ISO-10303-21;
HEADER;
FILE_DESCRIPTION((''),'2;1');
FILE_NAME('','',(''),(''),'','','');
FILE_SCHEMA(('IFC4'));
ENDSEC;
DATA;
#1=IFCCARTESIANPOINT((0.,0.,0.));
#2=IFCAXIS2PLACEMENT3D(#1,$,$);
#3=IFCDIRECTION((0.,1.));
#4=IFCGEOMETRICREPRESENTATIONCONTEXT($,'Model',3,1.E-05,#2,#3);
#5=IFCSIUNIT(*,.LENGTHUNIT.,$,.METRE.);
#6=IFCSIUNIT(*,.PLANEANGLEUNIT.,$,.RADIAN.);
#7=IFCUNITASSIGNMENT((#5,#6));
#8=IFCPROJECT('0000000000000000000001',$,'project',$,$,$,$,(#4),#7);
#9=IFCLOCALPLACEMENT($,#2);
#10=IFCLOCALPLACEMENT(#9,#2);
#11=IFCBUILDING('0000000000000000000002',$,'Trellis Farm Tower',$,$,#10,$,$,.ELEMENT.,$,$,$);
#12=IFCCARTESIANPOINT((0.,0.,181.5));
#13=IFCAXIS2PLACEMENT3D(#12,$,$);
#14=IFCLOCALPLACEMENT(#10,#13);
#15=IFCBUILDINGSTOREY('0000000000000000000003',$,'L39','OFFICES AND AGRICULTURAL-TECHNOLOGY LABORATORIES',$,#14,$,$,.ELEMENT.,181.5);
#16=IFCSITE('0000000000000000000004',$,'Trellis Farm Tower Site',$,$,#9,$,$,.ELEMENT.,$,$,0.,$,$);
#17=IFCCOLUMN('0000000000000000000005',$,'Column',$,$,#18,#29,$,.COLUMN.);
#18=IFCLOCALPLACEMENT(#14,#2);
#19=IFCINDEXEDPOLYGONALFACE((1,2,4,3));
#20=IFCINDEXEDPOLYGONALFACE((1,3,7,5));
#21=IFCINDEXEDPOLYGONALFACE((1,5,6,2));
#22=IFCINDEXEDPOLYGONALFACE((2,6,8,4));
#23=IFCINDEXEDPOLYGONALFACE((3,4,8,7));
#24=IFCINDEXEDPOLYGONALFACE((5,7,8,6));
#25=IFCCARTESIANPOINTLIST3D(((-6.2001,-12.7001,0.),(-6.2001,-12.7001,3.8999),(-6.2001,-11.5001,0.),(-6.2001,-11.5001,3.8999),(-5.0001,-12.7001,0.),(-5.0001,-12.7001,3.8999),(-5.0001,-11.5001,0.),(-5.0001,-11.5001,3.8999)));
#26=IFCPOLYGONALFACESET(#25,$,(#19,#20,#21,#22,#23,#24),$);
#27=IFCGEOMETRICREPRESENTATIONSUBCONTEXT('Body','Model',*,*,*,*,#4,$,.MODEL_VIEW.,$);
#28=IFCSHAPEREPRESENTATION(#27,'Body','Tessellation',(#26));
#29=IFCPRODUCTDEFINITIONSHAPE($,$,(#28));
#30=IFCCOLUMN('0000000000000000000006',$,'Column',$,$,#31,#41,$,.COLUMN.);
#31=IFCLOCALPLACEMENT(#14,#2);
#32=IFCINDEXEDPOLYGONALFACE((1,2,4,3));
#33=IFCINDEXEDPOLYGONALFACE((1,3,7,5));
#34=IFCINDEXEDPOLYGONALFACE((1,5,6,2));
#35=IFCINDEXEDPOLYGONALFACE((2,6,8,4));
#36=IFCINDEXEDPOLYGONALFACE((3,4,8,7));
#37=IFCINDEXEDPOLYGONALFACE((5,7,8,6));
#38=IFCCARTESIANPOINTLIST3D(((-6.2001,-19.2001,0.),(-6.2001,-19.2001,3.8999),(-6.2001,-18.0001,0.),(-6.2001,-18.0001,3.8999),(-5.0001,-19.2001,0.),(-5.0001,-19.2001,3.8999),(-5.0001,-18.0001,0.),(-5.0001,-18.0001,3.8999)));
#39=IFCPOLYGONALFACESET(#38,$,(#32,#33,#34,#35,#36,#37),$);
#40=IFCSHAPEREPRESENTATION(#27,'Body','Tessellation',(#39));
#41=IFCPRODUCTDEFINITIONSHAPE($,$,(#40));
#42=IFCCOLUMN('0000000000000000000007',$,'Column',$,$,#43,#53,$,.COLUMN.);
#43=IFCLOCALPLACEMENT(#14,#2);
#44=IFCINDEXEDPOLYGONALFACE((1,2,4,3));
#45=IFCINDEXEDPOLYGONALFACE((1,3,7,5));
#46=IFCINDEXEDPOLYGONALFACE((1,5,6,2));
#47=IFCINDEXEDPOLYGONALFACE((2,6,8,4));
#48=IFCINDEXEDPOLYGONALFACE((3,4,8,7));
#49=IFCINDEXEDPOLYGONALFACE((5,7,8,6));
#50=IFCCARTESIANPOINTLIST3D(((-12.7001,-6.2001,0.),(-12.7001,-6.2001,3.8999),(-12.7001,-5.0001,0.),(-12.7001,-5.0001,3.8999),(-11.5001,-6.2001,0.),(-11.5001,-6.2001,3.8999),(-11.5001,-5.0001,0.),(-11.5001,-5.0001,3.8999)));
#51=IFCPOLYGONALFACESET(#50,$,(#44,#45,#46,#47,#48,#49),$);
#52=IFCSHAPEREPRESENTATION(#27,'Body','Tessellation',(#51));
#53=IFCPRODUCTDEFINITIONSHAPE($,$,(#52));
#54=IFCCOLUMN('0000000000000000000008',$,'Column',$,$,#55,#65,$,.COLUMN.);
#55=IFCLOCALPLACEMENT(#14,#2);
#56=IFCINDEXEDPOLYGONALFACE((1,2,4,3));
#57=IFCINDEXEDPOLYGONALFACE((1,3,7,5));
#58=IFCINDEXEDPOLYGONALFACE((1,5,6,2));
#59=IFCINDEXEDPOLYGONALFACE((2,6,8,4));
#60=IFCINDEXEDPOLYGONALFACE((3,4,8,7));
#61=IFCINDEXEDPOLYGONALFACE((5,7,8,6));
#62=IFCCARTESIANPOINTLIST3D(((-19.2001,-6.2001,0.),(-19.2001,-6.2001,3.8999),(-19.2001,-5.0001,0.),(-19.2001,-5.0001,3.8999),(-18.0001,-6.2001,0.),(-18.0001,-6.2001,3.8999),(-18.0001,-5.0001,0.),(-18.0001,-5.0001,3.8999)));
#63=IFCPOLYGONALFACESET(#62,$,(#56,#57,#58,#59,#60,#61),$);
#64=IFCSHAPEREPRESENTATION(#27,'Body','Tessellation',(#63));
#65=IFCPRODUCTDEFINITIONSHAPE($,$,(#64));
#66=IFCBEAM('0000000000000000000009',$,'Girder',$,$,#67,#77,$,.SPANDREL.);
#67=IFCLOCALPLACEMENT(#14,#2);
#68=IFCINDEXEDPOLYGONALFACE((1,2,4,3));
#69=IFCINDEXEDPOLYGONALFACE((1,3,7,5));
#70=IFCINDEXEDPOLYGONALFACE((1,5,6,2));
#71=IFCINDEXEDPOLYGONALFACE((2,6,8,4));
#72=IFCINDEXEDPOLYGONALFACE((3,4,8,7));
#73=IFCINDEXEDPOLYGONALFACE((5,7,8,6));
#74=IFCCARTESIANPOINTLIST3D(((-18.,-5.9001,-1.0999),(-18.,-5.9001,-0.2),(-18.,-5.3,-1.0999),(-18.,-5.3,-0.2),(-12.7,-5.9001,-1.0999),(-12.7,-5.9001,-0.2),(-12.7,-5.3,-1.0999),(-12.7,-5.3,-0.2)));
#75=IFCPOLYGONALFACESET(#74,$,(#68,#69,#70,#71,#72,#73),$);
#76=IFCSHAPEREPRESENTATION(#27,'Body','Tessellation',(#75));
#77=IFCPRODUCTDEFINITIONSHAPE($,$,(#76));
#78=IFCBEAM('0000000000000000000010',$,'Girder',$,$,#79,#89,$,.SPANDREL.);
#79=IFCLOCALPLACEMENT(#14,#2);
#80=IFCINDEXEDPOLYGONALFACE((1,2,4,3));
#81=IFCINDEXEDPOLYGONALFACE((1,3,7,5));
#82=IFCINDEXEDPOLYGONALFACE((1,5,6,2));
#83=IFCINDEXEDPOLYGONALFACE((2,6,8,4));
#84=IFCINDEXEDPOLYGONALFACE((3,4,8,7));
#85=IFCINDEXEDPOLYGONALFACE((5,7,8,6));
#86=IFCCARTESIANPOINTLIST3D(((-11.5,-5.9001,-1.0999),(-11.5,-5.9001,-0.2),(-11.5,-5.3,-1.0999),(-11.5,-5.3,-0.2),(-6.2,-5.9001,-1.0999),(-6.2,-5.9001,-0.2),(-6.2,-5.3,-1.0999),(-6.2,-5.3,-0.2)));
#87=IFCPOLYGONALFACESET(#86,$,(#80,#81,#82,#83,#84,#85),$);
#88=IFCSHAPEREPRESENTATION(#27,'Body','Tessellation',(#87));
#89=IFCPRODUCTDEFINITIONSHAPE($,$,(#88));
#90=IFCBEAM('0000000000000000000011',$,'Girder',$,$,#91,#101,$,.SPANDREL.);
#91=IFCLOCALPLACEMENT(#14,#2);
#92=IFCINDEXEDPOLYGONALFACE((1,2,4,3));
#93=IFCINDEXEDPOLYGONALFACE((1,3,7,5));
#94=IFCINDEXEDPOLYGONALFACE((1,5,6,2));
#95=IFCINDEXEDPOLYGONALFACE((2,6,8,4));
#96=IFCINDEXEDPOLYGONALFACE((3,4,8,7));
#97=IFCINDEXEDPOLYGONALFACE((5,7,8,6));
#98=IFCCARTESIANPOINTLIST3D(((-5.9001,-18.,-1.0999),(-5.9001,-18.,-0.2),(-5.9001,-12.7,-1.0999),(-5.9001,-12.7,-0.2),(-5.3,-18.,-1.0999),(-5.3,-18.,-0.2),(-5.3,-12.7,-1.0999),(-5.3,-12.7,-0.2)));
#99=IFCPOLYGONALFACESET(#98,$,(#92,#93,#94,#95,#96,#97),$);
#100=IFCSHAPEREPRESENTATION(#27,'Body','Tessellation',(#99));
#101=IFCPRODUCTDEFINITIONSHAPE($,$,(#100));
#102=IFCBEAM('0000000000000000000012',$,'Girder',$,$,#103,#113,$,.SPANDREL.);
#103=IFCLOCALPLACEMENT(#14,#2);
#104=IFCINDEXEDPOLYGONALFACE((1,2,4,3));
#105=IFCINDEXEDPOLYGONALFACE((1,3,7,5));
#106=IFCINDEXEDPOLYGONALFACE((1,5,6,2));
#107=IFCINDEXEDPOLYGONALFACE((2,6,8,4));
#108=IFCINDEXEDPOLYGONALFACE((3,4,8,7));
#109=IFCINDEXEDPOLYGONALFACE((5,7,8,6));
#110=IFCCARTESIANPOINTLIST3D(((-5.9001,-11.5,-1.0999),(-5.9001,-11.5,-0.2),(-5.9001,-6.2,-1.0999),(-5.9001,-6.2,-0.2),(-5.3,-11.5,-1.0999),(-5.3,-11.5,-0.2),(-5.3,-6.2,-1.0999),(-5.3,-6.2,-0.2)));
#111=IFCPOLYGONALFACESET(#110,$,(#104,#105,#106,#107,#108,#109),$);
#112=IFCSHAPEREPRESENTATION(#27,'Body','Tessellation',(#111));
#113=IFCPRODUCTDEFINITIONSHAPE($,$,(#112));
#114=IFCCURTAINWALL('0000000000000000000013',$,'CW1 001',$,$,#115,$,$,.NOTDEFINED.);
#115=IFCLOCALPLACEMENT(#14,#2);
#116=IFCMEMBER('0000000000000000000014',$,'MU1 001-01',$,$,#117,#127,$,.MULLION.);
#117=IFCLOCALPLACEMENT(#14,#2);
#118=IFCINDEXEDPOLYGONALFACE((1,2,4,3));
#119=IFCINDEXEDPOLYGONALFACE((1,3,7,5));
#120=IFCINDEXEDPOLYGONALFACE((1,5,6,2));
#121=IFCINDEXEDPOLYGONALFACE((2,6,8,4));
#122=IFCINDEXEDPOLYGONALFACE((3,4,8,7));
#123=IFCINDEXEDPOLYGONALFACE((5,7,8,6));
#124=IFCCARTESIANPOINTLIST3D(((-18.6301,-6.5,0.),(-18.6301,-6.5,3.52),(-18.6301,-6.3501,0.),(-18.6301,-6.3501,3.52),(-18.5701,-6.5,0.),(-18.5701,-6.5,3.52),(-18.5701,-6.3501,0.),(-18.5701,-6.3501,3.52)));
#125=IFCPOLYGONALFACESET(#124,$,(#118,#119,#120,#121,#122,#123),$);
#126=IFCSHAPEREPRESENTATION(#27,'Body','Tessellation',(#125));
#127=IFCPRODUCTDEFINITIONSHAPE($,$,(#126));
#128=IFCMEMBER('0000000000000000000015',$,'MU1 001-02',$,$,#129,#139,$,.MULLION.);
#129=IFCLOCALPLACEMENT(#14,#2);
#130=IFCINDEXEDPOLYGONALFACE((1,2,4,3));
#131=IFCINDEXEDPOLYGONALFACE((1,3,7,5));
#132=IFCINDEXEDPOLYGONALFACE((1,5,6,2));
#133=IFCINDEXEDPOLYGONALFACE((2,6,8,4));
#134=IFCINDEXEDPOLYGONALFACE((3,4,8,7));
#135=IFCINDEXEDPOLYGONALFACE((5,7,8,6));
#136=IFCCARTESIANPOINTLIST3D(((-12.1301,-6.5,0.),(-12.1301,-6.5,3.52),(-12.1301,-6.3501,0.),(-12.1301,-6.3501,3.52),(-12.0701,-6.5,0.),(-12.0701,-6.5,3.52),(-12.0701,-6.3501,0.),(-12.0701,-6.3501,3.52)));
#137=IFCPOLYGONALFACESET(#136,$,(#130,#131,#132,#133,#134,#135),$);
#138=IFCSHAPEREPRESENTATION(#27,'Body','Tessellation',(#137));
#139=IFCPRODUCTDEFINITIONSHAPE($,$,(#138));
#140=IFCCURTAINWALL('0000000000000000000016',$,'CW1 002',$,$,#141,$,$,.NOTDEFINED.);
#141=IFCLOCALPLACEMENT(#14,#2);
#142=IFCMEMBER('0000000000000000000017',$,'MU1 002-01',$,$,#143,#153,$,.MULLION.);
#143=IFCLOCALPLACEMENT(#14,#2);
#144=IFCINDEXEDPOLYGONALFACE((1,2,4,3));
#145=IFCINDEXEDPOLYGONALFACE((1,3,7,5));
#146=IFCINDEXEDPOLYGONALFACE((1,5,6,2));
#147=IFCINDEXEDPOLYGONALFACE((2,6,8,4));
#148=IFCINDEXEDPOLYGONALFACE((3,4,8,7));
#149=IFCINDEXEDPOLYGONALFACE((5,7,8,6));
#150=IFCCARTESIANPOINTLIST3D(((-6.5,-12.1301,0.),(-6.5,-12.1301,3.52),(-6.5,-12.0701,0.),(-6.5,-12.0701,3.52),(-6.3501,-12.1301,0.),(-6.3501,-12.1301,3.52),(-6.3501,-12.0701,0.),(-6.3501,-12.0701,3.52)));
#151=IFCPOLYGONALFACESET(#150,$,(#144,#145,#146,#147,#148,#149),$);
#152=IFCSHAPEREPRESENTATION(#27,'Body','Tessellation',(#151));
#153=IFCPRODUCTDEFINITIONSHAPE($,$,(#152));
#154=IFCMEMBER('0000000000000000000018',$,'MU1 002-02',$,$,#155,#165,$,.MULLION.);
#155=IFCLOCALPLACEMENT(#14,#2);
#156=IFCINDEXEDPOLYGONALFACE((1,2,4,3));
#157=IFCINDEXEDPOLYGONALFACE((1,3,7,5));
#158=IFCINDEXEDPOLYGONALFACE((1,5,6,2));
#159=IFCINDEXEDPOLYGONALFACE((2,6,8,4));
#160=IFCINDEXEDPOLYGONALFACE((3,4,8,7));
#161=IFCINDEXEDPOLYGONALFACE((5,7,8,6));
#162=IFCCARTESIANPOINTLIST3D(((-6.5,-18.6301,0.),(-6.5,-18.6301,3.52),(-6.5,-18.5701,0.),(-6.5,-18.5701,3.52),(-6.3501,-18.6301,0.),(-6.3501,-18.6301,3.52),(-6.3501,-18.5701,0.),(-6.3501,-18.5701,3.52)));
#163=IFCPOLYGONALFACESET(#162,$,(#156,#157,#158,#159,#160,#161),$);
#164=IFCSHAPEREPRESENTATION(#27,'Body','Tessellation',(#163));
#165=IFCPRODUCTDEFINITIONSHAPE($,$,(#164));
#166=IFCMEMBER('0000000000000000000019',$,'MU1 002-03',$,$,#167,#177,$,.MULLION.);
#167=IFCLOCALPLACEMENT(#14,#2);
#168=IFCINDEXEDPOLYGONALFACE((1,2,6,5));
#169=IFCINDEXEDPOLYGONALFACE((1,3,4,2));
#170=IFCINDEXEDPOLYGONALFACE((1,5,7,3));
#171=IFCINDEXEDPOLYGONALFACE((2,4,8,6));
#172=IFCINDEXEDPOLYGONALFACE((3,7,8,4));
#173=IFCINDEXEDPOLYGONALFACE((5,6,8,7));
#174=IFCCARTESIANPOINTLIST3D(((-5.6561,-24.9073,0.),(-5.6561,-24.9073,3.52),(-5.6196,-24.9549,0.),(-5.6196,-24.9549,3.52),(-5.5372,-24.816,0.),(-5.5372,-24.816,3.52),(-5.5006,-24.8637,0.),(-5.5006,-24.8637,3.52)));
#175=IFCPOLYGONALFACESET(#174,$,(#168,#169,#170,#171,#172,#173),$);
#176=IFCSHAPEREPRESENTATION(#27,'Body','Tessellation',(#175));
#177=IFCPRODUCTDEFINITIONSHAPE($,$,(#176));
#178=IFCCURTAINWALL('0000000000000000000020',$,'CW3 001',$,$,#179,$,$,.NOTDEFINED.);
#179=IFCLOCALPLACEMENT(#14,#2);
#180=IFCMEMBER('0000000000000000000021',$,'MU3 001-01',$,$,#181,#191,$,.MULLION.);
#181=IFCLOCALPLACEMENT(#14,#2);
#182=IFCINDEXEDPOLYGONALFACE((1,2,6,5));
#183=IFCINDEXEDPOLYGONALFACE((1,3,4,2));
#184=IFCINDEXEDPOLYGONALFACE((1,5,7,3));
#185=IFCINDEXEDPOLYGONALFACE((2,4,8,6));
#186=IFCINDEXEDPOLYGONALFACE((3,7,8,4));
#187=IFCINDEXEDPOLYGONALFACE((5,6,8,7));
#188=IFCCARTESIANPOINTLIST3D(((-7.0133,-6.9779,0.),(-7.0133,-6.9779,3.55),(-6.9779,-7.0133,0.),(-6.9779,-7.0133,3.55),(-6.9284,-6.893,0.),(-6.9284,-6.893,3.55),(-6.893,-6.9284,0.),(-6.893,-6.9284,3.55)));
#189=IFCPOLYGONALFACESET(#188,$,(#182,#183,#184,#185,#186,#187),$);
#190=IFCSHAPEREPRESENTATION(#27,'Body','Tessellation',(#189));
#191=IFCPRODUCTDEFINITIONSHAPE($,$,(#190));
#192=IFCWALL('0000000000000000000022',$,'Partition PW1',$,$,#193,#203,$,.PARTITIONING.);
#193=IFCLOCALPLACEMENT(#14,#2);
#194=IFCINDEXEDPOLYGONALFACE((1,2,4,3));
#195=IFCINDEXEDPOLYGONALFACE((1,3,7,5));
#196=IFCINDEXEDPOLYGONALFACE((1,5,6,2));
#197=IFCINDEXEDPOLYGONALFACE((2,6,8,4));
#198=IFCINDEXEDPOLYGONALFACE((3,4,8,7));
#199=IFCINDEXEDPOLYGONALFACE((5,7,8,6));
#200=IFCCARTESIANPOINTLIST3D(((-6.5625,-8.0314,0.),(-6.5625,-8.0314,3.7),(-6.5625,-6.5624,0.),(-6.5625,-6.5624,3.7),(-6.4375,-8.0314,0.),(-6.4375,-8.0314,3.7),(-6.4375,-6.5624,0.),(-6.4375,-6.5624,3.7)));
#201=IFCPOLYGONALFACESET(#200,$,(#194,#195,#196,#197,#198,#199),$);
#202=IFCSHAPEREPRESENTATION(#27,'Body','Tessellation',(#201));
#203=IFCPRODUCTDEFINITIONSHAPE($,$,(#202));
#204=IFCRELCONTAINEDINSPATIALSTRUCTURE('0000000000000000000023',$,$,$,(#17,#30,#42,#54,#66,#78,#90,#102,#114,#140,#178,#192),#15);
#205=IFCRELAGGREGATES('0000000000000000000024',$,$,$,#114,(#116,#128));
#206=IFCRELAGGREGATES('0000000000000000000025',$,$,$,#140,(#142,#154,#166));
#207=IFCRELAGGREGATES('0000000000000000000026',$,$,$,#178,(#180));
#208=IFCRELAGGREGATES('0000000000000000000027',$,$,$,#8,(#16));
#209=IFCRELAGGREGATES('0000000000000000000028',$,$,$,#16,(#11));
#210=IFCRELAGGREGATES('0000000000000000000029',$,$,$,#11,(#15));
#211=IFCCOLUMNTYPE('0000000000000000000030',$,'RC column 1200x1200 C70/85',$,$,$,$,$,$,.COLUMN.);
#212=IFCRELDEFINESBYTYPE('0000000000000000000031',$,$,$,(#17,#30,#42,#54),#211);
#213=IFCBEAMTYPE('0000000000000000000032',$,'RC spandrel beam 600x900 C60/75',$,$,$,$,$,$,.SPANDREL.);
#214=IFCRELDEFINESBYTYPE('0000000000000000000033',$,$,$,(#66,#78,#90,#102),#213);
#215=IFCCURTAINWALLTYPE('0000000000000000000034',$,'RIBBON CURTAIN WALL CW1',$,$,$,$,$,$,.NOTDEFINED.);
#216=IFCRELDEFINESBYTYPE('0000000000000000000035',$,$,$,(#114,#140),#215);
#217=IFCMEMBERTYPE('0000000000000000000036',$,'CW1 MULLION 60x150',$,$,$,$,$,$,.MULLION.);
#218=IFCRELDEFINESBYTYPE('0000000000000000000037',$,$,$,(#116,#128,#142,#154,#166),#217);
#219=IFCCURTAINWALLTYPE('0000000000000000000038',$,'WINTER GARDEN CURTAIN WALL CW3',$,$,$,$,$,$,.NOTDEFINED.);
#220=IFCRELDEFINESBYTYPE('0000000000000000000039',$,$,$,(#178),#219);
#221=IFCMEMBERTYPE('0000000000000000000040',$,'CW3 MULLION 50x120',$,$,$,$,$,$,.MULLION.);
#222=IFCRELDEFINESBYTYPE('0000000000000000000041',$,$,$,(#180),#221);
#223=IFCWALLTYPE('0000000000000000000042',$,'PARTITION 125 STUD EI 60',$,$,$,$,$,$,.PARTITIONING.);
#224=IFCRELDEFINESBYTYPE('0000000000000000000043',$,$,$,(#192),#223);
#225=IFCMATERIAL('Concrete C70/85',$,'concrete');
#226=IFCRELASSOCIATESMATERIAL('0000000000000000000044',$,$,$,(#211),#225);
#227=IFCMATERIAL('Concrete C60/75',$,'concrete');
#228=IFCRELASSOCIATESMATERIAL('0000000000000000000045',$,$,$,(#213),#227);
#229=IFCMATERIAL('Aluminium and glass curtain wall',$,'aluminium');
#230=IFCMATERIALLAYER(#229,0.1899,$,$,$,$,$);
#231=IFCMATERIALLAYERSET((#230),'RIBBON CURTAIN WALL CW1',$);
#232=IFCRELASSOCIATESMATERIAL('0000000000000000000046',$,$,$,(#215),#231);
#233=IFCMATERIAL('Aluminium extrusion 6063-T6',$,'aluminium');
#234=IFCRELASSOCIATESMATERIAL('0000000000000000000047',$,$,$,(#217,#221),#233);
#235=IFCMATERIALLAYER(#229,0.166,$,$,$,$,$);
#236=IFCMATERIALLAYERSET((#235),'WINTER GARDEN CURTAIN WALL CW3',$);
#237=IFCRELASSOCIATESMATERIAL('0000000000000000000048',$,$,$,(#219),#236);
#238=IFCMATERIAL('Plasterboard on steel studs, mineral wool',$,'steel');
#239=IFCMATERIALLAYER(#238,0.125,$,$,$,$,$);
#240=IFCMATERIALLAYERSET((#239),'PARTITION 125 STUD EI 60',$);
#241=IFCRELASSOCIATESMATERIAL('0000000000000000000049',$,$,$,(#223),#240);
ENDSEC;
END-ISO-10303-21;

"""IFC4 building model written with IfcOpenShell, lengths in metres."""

from ifc_helpers import new_model, si_unit, direction, frame, frame_2d, origin, origin_2d, place, context, subcontext, project, spatial, rectangle, extrude, source, transform, mapped, material, layer, layer_set, material_profile, profile_set, type_object, element, aggregate, save


model = new_model("IFC4")

# Units and contexts
model_context = context("Model", 3, precision=1e-05, world=origin(), true_north=direction((0.0, 1.0)))
body_context = subcontext(model_context, "Body", "Model", "MODEL_VIEW")
ifc_project = project(units=[si_unit("LENGTHUNIT", "METRE"), si_unit("PLANEANGLEUNIT", "RADIAN")], contexts=[model_context])

# Site, building, storey
site_placement = place(None, origin())
site = spatial("IfcSite", under=ifc_project, at=site_placement, Name="Trellis Farm Tower Site", CompositionType="ELEMENT", RefElevation=0.0)
building_placement = place(site_placement, origin())
building = spatial("IfcBuilding", under=site, at=building_placement, Name="Trellis Farm Tower", CompositionType="ELEMENT")
storey_placement = place(building_placement, frame((0.0, 0.0, 181.5)))
storey = spatial("IfcBuildingStorey", under=building, at=storey_placement, Name="L39", Description="OFFICES AND AGRICULTURAL-TECHNOLOGY LABORATORIES", CompositionType="ELEMENT", Elevation=181.5)

# Columns
ifc_material_1 = material(Name="Concrete C70/85", Category="concrete")
ifc_material_profile_1 = material_profile(ifc_material_1, rectangle(XDim=1.2, YDim=1.2, at=origin_2d()), Name="RC column 1200x1200 C70/85")
ifc_profile_set_1 = profile_set([ifc_material_profile_1], Name="Concrete C70/85")
column_type = type_object("IfcColumnType", Name="RC column 1200x1200 C70/85", PredefinedType="COLUMN", material=ifc_profile_set_1)
shared_shape_1 = source(origin(), body_context, "Body", "SweptSolid", [
    extrude(rectangle(XDim=1.2, YDim=1.2, at=origin_2d()), origin(), (0.0, 0.0, 1.0), 3.8999),
])
for number, where, z_axis, x_axis, name in (
    (1, (-5.6001, -12.1001, 0.0), (0.0, 0.0, 1.0), (1.0, 0.0, 0.0), "Column"),
    (2, (-5.6001, -18.6001, 0.0), (0.0, 0.0, 1.0), (1.0, 0.0, 0.0), "Column"),
    (3, (-12.1001, -5.6001, 0.0), (0.0, 0.0, 1.0), (1.0, 0.0, 0.0), "Column"),
    (4, (-18.6001, -5.6001, 0.0), (0.0, 0.0, 1.0), (1.0, 0.0, 0.0), "Column"),
):
    element("IfcColumn", number, at=place(storey_placement, frame(where, z_axis=z_axis, x_axis=x_axis)), inside=storey, type_object=column_type, Name=name, PredefinedType="COLUMN", context=body_context, shape_type="MappedRepresentation", body=[
        mapped(shared_shape_1, transform((0.0, 0.0, 0.0))),
    ])

# Beams
ifc_material_2 = material(Name="Concrete C60/75", Category="concrete")
ifc_material_profile_2 = material_profile(ifc_material_2, rectangle(XDim=0.6001, YDim=0.8999, at=origin_2d()), Name="RC spandrel beam 600x900 C60/75")
ifc_profile_set_2 = profile_set([ifc_material_profile_2], Name="Concrete C60/75")
beam_type = type_object("IfcBeamType", Name="RC spandrel beam 600x900 C60/75", PredefinedType="SPANDREL", material=ifc_profile_set_2)
shared_shape_2 = source(origin(), body_context, "Body", "SweptSolid", [
    extrude(rectangle(XDim=0.6001, YDim=0.8999, at=origin_2d()), origin(), (0.0, 0.0, 1.0), 5.3),
])
for number, where, z_axis, x_axis, name in (
    (5, (-18.0, -5.6001, -0.6499), (1.0, 0.0, 0.0), (0.0, 1.0, 0.0), "Girder"),
    (6, (-11.5, -5.6001, -0.6499), (1.0, 0.0, 0.0), (0.0, 1.0, 0.0), "Girder"),
    (7, (-5.6001, -18.0, -0.6499), (0.0, 1.0, 0.0), (-1.0, 0.0, 0.0), "Girder"),
    (8, (-5.6001, -11.5, -0.6499), (0.0, 1.0, 0.0), (-1.0, 0.0, 0.0), "Girder"),
):
    element("IfcBeam", number, at=place(storey_placement, frame(where, z_axis=z_axis, x_axis=x_axis)), inside=storey, type_object=beam_type, Name=name, PredefinedType="SPANDREL", context=body_context, shape_type="MappedRepresentation", body=[
        mapped(shared_shape_2, transform((0.0, 0.0, 0.0))),
    ])

# Curtain walls, members
ifc_material_3 = material(Name="Aluminium and glass curtain wall", Category="aluminium")
ifc_layer_1 = layer(ifc_material_3, 0.1899)
ifc_layer_set_1 = layer_set([ifc_layer_1], Name="RIBBON CURTAIN WALL CW1")
curtain_wall_type_1 = type_object("IfcCurtainWallType", Name="RIBBON CURTAIN WALL CW1", PredefinedType="NOTDEFINED", material=ifc_layer_set_1)
placement = place(storey_placement, origin())
curtain_wall_1 = element("IfcCurtainWall", 9, at=placement, inside=storey, type_object=curtain_wall_type_1, Name="CW1 001", PredefinedType="NOTDEFINED")
ifc_material_4 = material(Name="Aluminium extrusion 6063-T6", Category="aluminium")
ifc_material_profile_3 = material_profile(ifc_material_4, rectangle(XDim=0.0601, YDim=0.1499, at=origin_2d()), Name="MULLION 60x150")
ifc_profile_set_3 = profile_set([ifc_material_profile_3], Name="Aluminium extrusion 6063-T6")
member_type_1 = type_object("IfcMemberType", Name="CW1 MULLION 60x150", PredefinedType="MULLION", material=ifc_profile_set_3)
shared_shape_3 = source(origin(), body_context, "Body", "SweptSolid", [
    extrude(rectangle(XDim=0.0601, YDim=0.1499, at=origin_2d()), origin(), (0.0, 0.0, 1.0), 3.52),
])
member_1_placement = place(storey_placement, frame((-18.6001, -6.425, 0.0), z_axis=(0.0, 0.0, 1.0), x_axis=(1.0, 0.0, 0.0)))
member_1 = element("IfcMember", 10, at=member_1_placement, type_object=member_type_1, Name="MU1 001-01", PredefinedType="MULLION", context=body_context, shape_type="MappedRepresentation", body=[
    mapped(shared_shape_3, transform((0.0, 0.0, 0.0))),
])
member_2_placement = place(storey_placement, frame((-12.1001, -6.425, 0.0), z_axis=(0.0, 0.0, 1.0), x_axis=(1.0, 0.0, 0.0)))
member_2 = element("IfcMember", 11, at=member_2_placement, type_object=member_type_1, Name="MU1 001-02", PredefinedType="MULLION", context=body_context, shape_type="MappedRepresentation", body=[
    mapped(shared_shape_3, transform((0.0, 0.0, 0.0))),
])
aggregate(curtain_wall_1, [member_1, member_2])
curtain_wall_2 = element("IfcCurtainWall", 12, at=placement, inside=storey, type_object=curtain_wall_type_1, Name="CW1 002", PredefinedType="NOTDEFINED")
member_3_placement = place(storey_placement, frame((-6.425, -12.1001, 0.0), z_axis=(0.0, 0.0, 1.0), x_axis=(0.0, -1.0, 0.0)))
member_3 = element("IfcMember", 13, at=member_3_placement, type_object=member_type_1, Name="MU1 002-01", PredefinedType="MULLION", context=body_context, shape_type="MappedRepresentation", body=[
    mapped(shared_shape_3, transform((0.0, 0.0, 0.0))),
])
member_4_placement = place(storey_placement, frame((-6.425, -18.6001, 0.0), z_axis=(0.0, 0.0, 1.0), x_axis=(0.0, -1.0, 0.0)))
member_4 = element("IfcMember", 14, at=member_4_placement, type_object=member_type_1, Name="MU1 002-02", PredefinedType="MULLION", context=body_context, shape_type="MappedRepresentation", body=[
    mapped(shared_shape_3, transform((0.0, 0.0, 0.0))),
])
member_5_placement = place(storey_placement, frame((-5.5784, -24.8855, 0.0), z_axis=(0.0, 0.0, 1.0), x_axis=(0.608761, -0.793353, 0.0)))
member_5 = element("IfcMember", 15, at=member_5_placement, type_object=member_type_1, Name="MU1 002-03", PredefinedType="MULLION", context=body_context, shape_type="MappedRepresentation", body=[
    mapped(shared_shape_3, transform((0.0, 0.0, 0.0))),
])
aggregate(curtain_wall_2, [member_3, member_4, member_5])

# Curtain wall, member
ifc_layer_2 = layer(ifc_material_3, 0.166)
ifc_layer_set_2 = layer_set([ifc_layer_2], Name="WINTER GARDEN CURTAIN WALL CW3")
curtain_wall_type_2 = type_object("IfcCurtainWallType", Name="WINTER GARDEN CURTAIN WALL CW3", PredefinedType="NOTDEFINED", material=ifc_layer_set_2)
curtain_wall_3 = element("IfcCurtainWall", 16, at=placement, inside=storey, type_object=curtain_wall_type_2, Name="CW3 001", PredefinedType="NOTDEFINED")
ifc_material_profile_4 = material_profile(ifc_material_4, rectangle(XDim=0.05, YDim=0.1201, at=origin_2d()), Name="MULLION 50x120")
ifc_profile_set_4 = profile_set([ifc_material_profile_4], Name="Aluminium extrusion 6063-T6")
member_type_2 = type_object("IfcMemberType", Name="CW3 MULLION 50x120", PredefinedType="MULLION", material=ifc_profile_set_4)
shared_shape_4 = source(origin(), body_context, "Body", "SweptSolid", [
    extrude(rectangle(XDim=0.05, YDim=0.1201, at=origin_2d()), origin(), (0.0, 0.0, 1.0), 3.55),
])
member_6_placement = place(storey_placement, frame((-6.9531, -6.9531, 0.0), z_axis=(0.0, 0.0, 1.0), x_axis=(0.707107, -0.707107, 0.0)))
member_6 = element("IfcMember", 17, at=member_6_placement, type_object=member_type_2, Name="MU3 001-01", PredefinedType="MULLION", context=body_context, shape_type="MappedRepresentation", body=[
    mapped(shared_shape_4, transform((0.0, 0.0, 0.0))),
])
aggregate(curtain_wall_3, [member_6])

# Wall
ifc_material_5 = material(Name="Plasterboard on steel studs, mineral wool", Category="steel")
ifc_layer_3 = layer(ifc_material_5, 0.125)
ifc_layer_set_3 = layer_set([ifc_layer_3], Name="PARTITION 125 STUD EI 60")
wall_type_1 = type_object("IfcWallType", Name="PARTITION 125 STUD EI 60", PredefinedType="PARTITIONING", material=ifc_layer_set_3)
shared_shape_5 = source(origin(), body_context, "Body", "SweptSolid", [
    extrude(rectangle(XDim=1.469, YDim=0.125, at=frame_2d((0.7344, 0.0))), origin(), (0.0, 0.0, 1.0), 3.7),
])
wall_1_placement = place(storey_placement, frame((-6.5, -6.5625, 0.0), z_axis=(0.0, 0.0, 1.0), x_axis=(0.0, -1.0, 0.0)))
element("IfcWall", 18, at=wall_1_placement, inside=storey, type_object=wall_type_1, Name="Partition PW1", PredefinedType="PARTITIONING", context=body_context, shape_type="MappedRepresentation", body=[
    mapped(shared_shape_5, transform((0.0, 0.0, 0.0))),
])

save(model, "model.ifc")
